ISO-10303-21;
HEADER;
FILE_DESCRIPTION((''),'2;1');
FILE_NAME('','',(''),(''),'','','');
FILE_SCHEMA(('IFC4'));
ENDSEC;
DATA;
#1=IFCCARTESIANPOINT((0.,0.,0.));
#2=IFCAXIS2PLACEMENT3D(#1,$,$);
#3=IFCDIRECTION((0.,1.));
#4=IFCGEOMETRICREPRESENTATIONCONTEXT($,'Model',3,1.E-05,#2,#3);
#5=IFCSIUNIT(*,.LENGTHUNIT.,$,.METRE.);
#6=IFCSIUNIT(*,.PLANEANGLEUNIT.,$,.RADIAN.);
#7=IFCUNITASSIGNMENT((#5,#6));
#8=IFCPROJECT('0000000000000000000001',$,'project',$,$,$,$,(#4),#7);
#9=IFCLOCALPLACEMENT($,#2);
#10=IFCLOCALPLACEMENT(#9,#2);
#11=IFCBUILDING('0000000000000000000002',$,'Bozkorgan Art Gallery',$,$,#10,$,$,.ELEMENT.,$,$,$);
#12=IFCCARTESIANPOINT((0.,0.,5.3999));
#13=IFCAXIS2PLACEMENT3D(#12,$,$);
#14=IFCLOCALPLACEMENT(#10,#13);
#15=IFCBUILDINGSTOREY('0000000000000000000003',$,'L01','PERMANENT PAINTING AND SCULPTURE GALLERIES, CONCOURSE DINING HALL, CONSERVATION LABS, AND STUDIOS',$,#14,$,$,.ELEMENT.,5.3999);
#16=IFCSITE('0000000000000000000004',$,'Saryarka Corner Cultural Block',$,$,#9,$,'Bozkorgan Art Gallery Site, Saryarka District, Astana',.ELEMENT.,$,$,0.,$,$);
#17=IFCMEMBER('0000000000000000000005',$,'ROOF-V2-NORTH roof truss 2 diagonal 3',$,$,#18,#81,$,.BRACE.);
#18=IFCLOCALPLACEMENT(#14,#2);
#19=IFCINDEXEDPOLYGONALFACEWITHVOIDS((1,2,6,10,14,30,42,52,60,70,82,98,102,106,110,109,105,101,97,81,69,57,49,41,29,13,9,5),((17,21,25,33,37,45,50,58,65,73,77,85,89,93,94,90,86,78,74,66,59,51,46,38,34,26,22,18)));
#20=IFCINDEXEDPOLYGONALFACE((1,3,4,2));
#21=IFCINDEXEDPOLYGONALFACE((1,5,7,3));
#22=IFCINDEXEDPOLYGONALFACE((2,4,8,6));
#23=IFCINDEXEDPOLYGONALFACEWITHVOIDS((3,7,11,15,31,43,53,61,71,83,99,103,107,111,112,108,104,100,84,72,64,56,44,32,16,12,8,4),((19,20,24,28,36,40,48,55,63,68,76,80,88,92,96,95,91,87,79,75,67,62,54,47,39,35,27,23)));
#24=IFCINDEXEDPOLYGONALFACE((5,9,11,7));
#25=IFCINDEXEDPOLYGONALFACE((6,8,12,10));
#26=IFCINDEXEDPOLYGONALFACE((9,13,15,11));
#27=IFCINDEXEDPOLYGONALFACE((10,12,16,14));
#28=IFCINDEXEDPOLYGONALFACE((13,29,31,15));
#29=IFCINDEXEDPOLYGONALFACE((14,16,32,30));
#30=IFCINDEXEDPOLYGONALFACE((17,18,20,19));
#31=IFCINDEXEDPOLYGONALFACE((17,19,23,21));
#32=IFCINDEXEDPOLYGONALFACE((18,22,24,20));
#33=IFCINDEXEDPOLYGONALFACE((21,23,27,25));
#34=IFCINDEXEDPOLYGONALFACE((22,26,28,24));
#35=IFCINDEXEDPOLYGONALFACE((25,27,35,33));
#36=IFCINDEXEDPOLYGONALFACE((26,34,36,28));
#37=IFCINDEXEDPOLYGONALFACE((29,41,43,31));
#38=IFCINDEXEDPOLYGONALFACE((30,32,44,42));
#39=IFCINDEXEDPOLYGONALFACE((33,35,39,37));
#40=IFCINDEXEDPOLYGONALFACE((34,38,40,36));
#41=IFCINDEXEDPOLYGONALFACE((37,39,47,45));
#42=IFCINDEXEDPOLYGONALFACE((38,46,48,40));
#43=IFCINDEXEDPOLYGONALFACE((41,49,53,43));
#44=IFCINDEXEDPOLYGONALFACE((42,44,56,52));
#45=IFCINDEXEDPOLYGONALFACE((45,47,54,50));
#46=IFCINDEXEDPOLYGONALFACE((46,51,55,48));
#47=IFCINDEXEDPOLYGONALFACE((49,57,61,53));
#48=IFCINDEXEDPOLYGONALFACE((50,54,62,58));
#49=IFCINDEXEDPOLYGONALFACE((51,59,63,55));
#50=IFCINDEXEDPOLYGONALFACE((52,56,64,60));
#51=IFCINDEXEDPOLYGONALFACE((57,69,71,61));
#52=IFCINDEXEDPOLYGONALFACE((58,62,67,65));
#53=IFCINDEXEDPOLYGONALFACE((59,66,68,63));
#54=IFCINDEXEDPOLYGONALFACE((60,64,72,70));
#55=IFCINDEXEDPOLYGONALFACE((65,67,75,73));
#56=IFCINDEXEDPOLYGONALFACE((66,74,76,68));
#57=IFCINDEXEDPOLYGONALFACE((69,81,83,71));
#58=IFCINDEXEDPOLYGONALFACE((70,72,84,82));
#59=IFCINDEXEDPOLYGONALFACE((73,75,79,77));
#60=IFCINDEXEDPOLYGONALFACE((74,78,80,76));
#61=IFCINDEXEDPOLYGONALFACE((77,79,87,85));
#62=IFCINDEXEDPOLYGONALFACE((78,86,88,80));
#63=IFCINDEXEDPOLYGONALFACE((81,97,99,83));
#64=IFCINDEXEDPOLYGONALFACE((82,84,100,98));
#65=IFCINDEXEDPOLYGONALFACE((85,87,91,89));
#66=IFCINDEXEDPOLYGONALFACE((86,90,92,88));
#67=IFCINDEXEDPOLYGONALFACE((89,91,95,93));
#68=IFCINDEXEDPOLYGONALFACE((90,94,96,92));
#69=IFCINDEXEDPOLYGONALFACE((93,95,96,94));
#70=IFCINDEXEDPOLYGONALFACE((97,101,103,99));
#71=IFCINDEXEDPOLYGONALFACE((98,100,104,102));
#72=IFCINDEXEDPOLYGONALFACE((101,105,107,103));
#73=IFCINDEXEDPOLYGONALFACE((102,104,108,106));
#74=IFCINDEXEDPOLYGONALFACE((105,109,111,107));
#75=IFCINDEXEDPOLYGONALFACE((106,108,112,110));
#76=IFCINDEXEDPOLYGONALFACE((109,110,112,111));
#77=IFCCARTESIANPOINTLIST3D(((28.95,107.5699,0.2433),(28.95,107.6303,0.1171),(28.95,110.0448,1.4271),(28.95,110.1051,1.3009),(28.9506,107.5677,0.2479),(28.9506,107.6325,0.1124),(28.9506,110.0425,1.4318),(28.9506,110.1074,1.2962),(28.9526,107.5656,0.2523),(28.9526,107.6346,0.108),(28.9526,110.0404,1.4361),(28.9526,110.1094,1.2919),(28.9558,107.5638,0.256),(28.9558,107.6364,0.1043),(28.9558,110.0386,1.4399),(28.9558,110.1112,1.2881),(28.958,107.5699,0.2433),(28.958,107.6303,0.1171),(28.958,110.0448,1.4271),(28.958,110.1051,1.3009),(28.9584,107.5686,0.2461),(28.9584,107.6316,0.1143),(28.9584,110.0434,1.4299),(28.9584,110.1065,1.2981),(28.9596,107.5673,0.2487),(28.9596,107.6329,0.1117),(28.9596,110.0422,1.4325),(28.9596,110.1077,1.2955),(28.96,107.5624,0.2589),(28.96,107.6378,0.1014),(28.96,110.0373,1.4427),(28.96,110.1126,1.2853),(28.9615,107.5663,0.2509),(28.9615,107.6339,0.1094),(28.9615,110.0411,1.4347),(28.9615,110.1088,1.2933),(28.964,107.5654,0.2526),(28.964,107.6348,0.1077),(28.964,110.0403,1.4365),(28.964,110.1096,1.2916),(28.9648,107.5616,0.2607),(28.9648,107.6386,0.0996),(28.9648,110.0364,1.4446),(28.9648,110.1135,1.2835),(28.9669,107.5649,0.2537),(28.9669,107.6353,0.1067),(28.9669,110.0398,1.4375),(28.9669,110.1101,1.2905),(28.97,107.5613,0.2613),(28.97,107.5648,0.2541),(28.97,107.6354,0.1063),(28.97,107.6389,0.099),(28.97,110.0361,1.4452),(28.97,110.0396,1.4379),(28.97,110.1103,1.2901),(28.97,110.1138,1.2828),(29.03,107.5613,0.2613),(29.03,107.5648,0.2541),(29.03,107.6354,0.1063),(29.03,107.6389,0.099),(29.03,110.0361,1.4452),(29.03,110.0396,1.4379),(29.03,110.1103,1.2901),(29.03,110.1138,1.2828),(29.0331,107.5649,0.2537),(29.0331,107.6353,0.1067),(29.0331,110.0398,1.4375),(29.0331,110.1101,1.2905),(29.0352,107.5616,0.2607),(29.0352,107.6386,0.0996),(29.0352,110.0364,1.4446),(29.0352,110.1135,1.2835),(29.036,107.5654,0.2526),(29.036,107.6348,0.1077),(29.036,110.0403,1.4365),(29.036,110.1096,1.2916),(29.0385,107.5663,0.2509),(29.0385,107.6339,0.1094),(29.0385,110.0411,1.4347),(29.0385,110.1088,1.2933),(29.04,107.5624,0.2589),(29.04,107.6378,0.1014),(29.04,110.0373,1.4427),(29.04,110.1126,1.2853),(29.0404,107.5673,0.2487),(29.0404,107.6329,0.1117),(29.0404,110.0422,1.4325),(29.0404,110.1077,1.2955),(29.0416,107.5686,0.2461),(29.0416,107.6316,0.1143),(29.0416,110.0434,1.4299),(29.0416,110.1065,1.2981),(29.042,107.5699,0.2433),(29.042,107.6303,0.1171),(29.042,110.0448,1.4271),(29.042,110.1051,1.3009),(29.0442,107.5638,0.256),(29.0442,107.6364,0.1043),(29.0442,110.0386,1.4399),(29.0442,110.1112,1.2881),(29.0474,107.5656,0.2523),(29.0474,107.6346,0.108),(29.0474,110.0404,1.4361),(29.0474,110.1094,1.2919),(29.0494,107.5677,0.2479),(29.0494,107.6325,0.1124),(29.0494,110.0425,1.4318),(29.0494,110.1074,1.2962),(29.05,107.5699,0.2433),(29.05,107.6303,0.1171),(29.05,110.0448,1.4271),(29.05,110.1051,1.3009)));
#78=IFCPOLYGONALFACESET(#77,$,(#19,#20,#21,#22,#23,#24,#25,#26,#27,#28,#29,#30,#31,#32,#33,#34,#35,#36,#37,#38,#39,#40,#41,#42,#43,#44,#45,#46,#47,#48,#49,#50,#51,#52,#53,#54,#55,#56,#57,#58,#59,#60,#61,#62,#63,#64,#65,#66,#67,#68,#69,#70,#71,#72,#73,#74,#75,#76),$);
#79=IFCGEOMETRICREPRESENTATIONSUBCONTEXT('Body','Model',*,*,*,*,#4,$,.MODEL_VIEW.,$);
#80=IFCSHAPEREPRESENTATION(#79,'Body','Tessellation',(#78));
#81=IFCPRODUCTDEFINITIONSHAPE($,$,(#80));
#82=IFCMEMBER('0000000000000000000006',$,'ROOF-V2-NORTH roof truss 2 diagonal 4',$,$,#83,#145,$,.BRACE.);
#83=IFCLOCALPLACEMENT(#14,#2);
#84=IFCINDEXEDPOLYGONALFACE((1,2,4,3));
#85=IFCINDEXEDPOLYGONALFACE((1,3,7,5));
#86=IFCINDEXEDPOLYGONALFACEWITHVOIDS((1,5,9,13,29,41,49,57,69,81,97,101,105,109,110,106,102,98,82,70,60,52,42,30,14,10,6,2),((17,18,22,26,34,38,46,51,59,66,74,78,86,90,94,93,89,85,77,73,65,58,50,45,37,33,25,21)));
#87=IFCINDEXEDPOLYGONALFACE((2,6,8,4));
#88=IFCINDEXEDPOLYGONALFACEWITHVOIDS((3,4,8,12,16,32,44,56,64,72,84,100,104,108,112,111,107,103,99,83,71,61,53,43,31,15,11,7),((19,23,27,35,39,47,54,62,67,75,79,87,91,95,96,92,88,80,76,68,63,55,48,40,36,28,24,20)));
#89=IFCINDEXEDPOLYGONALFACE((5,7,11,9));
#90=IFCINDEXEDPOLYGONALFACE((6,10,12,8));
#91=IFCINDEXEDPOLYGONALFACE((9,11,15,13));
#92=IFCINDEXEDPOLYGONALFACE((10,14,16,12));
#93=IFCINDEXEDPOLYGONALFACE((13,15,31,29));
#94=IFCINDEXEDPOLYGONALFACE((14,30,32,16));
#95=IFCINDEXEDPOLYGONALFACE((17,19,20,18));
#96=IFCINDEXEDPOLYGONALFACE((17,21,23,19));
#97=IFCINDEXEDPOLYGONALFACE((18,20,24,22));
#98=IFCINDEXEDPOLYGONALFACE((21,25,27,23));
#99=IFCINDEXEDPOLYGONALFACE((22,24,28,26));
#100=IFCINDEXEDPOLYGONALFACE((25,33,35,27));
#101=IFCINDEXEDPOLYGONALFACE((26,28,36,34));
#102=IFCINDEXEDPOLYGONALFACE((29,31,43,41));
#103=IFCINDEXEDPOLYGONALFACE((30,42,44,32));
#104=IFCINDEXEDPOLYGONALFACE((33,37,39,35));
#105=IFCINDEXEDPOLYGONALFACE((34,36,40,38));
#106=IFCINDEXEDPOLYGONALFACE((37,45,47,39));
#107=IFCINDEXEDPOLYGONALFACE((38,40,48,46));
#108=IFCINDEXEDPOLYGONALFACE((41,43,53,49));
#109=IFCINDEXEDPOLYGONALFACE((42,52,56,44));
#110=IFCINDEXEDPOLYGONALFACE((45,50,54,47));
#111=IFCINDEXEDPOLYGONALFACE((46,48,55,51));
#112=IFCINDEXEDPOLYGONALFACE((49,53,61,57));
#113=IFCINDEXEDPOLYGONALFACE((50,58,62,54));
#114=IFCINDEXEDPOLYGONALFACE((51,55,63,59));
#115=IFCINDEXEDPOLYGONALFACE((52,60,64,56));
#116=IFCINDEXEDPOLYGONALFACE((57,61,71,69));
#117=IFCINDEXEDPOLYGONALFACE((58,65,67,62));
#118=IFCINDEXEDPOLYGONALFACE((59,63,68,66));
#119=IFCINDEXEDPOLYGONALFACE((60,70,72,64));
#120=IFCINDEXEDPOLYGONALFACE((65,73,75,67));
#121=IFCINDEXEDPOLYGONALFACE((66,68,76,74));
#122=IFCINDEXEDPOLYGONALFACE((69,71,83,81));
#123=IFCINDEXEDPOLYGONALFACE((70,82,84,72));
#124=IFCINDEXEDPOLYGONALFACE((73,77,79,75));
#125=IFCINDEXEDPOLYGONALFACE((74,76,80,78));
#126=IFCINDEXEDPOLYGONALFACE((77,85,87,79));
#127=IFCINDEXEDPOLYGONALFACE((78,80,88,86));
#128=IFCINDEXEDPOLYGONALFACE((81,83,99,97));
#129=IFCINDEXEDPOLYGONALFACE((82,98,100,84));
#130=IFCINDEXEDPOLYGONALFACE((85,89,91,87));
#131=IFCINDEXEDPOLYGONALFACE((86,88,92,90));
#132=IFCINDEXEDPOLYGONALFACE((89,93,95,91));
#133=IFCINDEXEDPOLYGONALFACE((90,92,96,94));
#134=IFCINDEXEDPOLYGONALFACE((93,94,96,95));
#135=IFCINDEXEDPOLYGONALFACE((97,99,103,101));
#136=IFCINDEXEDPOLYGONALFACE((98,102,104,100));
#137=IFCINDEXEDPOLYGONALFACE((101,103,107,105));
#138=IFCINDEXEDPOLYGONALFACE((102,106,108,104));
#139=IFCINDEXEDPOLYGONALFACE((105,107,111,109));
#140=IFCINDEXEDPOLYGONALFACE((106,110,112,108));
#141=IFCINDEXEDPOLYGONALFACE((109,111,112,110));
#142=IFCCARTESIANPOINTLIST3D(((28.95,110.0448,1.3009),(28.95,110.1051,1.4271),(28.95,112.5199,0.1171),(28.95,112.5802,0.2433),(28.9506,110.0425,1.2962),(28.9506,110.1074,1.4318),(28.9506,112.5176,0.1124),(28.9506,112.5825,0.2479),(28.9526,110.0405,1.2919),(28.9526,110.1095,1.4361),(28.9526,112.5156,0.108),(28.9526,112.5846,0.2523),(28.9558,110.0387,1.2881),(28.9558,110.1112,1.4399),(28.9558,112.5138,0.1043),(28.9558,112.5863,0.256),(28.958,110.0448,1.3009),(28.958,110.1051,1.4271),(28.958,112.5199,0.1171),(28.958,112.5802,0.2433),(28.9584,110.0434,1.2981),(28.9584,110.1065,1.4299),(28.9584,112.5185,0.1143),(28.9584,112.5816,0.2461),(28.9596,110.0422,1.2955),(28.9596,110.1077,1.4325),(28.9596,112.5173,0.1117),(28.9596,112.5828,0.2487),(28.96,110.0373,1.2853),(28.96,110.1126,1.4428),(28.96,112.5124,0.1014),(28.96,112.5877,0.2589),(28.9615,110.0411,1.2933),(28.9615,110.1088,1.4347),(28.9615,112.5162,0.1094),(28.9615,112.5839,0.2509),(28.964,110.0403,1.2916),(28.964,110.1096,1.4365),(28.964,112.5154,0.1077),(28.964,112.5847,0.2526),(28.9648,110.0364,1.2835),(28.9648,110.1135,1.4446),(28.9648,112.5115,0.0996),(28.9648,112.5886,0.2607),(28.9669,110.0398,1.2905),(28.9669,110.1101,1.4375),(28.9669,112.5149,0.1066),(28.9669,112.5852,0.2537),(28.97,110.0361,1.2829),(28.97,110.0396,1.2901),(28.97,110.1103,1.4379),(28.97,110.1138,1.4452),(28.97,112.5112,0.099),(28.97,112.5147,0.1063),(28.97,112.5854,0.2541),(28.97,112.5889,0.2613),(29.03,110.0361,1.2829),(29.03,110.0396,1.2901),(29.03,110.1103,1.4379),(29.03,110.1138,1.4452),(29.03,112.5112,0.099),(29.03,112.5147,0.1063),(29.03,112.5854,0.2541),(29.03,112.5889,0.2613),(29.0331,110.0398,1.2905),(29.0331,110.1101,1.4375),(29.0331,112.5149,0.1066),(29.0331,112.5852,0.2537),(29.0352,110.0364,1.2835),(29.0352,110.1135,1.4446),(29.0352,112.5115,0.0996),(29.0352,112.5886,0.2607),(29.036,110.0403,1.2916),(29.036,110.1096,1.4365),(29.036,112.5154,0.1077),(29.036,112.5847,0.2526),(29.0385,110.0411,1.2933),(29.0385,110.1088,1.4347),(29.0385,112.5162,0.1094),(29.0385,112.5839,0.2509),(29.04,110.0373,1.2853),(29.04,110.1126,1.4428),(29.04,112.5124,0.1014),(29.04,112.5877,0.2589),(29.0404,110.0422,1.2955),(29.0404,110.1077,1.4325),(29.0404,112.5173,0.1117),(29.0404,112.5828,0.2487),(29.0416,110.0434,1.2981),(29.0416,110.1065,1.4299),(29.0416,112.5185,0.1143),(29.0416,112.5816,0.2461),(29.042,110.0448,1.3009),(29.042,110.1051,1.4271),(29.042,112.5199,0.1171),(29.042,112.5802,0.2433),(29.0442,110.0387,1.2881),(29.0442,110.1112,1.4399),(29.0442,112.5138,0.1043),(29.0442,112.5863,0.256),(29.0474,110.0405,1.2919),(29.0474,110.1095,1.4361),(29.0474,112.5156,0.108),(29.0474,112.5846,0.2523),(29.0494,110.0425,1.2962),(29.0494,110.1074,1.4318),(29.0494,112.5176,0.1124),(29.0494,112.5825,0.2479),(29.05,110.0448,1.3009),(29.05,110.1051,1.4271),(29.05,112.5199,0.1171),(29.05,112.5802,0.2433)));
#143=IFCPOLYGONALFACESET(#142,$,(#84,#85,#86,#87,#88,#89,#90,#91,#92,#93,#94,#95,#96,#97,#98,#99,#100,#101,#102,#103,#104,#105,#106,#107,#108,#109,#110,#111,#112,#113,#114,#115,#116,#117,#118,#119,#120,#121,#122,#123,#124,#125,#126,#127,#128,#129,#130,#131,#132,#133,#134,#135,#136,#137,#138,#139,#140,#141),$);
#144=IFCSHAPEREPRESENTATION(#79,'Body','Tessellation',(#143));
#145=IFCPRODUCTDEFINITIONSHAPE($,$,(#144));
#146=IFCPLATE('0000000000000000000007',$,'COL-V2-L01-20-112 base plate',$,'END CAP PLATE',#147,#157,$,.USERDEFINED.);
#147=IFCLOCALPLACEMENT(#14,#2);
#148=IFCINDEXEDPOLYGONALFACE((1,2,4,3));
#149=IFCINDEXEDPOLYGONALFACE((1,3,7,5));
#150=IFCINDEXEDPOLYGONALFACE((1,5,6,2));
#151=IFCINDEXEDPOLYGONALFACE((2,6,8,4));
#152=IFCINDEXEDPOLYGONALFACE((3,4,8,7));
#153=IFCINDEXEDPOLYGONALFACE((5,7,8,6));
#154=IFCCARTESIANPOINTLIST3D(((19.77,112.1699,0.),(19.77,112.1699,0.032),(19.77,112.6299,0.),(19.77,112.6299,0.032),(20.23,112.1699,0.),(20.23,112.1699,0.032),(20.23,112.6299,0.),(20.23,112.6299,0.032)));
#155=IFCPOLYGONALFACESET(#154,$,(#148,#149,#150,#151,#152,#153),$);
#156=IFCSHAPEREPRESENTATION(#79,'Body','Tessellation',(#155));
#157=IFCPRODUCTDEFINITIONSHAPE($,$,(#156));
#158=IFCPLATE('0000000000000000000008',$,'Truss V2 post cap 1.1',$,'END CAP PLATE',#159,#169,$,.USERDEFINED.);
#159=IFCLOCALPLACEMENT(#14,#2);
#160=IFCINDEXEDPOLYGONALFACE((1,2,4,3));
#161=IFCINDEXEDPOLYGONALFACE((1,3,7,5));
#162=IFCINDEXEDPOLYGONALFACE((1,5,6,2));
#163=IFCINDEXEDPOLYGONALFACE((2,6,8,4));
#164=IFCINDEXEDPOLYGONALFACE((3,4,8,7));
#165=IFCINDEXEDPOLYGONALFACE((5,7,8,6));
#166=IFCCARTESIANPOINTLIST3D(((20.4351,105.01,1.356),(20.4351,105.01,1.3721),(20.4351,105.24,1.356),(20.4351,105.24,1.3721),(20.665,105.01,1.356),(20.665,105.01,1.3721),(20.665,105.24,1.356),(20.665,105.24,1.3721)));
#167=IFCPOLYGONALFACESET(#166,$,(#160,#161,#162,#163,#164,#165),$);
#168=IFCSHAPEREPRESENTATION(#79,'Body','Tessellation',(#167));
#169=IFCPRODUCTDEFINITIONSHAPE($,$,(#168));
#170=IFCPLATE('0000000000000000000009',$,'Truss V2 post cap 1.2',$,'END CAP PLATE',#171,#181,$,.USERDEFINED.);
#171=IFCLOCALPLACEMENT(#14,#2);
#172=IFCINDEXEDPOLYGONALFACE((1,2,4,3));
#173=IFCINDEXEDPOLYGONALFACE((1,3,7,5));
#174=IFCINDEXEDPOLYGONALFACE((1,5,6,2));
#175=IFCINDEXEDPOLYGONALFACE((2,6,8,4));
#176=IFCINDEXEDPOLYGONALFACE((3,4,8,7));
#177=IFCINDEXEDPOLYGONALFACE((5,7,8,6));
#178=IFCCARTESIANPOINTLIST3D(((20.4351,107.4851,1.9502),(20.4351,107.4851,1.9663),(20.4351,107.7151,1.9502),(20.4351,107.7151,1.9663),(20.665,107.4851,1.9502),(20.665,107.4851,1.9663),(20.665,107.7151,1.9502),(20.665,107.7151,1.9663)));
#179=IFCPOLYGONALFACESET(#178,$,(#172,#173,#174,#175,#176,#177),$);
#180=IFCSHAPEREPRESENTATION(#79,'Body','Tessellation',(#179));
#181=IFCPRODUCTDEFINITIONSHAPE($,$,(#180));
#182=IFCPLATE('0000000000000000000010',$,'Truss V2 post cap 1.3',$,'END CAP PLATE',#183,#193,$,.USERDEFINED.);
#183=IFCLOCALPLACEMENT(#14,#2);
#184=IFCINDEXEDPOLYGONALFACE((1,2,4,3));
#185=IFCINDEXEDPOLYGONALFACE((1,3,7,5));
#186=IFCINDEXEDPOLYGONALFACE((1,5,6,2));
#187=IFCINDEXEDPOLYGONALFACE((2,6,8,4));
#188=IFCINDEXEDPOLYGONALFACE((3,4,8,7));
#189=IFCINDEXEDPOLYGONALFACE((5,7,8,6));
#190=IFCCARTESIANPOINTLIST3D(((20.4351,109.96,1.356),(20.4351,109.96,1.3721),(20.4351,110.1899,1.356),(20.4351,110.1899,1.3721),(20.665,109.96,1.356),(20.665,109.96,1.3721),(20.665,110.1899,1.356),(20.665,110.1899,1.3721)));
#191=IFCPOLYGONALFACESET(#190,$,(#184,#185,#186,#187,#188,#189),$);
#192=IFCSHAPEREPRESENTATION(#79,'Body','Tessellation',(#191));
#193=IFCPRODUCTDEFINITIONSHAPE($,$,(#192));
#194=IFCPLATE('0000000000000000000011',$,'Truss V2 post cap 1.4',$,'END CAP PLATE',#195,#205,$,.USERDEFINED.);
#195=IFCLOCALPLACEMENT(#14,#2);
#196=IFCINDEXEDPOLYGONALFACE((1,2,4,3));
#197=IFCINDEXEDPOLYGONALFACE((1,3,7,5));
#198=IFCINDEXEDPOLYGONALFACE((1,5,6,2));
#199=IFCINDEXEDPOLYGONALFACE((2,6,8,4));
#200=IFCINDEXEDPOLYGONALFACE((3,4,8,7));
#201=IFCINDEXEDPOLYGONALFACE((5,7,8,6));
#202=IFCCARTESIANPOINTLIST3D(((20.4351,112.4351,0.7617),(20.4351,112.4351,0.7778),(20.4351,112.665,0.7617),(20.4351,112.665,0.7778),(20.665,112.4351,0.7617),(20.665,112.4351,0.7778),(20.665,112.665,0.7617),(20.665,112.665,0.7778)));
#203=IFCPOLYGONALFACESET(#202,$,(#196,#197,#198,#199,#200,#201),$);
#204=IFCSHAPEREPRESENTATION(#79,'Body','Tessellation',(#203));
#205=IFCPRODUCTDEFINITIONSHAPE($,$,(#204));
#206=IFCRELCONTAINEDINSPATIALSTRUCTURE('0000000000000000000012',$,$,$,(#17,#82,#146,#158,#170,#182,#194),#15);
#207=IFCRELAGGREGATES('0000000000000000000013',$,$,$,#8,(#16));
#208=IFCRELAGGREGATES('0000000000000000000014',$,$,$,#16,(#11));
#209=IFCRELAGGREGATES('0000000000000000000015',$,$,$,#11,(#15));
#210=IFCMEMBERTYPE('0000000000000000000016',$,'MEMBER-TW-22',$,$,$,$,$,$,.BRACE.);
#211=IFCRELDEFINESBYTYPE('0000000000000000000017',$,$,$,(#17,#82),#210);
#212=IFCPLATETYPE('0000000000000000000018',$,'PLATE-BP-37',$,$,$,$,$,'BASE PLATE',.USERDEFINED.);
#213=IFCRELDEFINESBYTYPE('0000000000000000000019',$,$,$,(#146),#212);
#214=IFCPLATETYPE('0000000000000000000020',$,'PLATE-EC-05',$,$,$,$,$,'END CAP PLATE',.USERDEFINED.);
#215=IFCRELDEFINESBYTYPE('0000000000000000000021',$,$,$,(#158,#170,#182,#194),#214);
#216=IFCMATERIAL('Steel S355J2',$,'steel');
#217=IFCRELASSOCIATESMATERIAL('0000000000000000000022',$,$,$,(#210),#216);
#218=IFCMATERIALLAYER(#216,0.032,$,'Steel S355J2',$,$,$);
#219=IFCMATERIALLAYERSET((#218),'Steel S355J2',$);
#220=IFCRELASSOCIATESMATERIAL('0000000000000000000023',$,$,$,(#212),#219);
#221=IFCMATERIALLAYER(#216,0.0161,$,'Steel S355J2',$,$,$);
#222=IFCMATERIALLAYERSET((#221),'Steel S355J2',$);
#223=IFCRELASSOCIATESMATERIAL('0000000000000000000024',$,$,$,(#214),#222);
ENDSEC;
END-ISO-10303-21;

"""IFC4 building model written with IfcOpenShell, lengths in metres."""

from ifc_helpers import new_model, si_unit, direction, frame, origin, origin_2d, place, context, subcontext, project, spatial, rectangle, hollow_rectangle, extrude, material, layer, layer_set, material_profile, profile_set, type_object, element, save


model = new_model("IFC4")

# Units and contexts
model_context = context("Model", 3, precision=1e-05, world=origin(), true_north=direction((0.0, 1.0)))
body_context = subcontext(model_context, "Body", "Model", "MODEL_VIEW")
ifc_project = project(units=[si_unit("LENGTHUNIT", "METRE"), si_unit("PLANEANGLEUNIT", "RADIAN")], contexts=[model_context])

# Site, building, storey
site_placement = place(None, origin())
site = spatial("IfcSite", under=ifc_project, at=site_placement, Name="Saryarka Corner Cultural Block", LongName="Bozkorgan Art Gallery Site, Saryarka District, Astana", CompositionType="ELEMENT", RefElevation=0.0)
building_placement = place(site_placement, origin())
building = spatial("IfcBuilding", under=site, at=building_placement, Name="Bozkorgan Art Gallery", CompositionType="ELEMENT")
storey_placement = place(building_placement, frame((0.0, 0.0, 5.3999)))
storey = spatial("IfcBuildingStorey", under=building, at=storey_placement, Name="L01", Description="PERMANENT PAINTING AND SCULPTURE GALLERIES, CONCOURSE DINING HALL, CONSERVATION LABS, AND STUDIOS", CompositionType="ELEMENT", Elevation=5.3999)

# Shared definitions
ifc_material_1 = material(Name="Steel S355J2", Category="steel")

# Members
ifc_material_profile_1 = material_profile(ifc_material_1, hollow_rectangle(XDim=0.1001, YDim=0.1799, WallThickness=0.0081, InnerFilletRadius=0.012, OuterFilletRadius=0.02, at=origin_2d()), Name="RHS 180x100x8")
ifc_profile_set_1 = profile_set([ifc_material_profile_1], Name="Steel S355J2")
member_type_1 = type_object("IfcMemberType", Name="MEMBER-TW-22", PredefinedType="BRACE", material=ifc_profile_set_1)
member_1_placement = place(storey_placement, frame((29.0, 107.6001, 0.1802), z_axis=(0.0, 0.902104, 0.431518), x_axis=(-1.0, 0.0, 0.0)))
element("IfcMember", 1, at=member_1_placement, inside=storey, type_object=member_type_1, Name="ROOF-V2-NORTH roof truss 2 diagonal 3", PredefinedType="BRACE", context=body_context, shape_type="SweptSolid", body=[
    extrude(hollow_rectangle(XDim=0.1001, YDim=0.1799, WallThickness=0.0081, InnerFilletRadius=0.012, OuterFilletRadius=0.02, at=origin_2d()), origin(), (0.0, 0.0, 1.0), 2.7434),
])
member_2_placement = place(storey_placement, frame((29.0, 110.075, 1.364), z_axis=(0.0, 0.902121, -0.431484), x_axis=(-1.0, 0.0, 0.0)))
element("IfcMember", 2, at=member_2_placement, inside=storey, type_object=member_type_1, Name="ROOF-V2-NORTH roof truss 2 diagonal 4", PredefinedType="BRACE", context=body_context, shape_type="SweptSolid", body=[
    extrude(hollow_rectangle(XDim=0.1001, YDim=0.1799, WallThickness=0.0081, InnerFilletRadius=0.012, OuterFilletRadius=0.02, at=origin_2d()), origin(), (0.0, 0.0, 1.0), 2.7437),
])

# Plates
ifc_layer_1 = layer(ifc_material_1, 0.032, Name="Steel S355J2")
ifc_layer_set_1 = layer_set([ifc_layer_1], Name="Steel S355J2")
plate_type_1 = type_object("IfcPlateType", Name="PLATE-BP-37", ElementType="BASE PLATE", PredefinedType="USERDEFINED", material=ifc_layer_set_1)
plate_placement = place(storey_placement, frame((20.0, 112.3999, 0.0), z_axis=(0.0, 0.0, 1.0), x_axis=(1.0, 0.0, 0.0)))
element("IfcPlate", 3, at=plate_placement, inside=storey, type_object=plate_type_1, Name="COL-V2-L01-20-112 base plate", ObjectType="END CAP PLATE", PredefinedType="USERDEFINED", context=body_context, shape_type="SweptSolid", body=[
    extrude(rectangle(XDim=0.46, YDim=0.46, at=origin_2d()), origin(), (0.0, 0.0, 1.0), 0.032),
])
ifc_layer_2 = layer(ifc_material_1, 0.0161, Name="Steel S355J2")
ifc_layer_set_2 = layer_set([ifc_layer_2], Name="Steel S355J2")
plate_type_2 = type_object("IfcPlateType", Name="PLATE-EC-05", ElementType="END CAP PLATE", PredefinedType="USERDEFINED", material=ifc_layer_set_2)
for number, where, z_axis, x_axis, name in (
    (4, (20.55, 105.125, 1.356), (0.0, 0.0, 1.0), (1.0, 0.0, 0.0), "Truss V2 post cap 1.1"),
    (5, (20.55, 107.6001, 1.9502), (0.0, 0.0, 1.0), (1.0, 0.0, 0.0), "Truss V2 post cap 1.2"),
    (6, (20.55, 110.075, 1.356), (0.0, 0.0, 1.0), (1.0, 0.0, 0.0), "Truss V2 post cap 1.3"),
    (7, (20.55, 112.55, 0.7617), (0.0, 0.0, 1.0), (1.0, 0.0, 0.0), "Truss V2 post cap 1.4"),
):
    element("IfcPlate", number, at=place(storey_placement, frame(where, z_axis=z_axis, x_axis=x_axis)), inside=storey, type_object=plate_type_2, Name=name, ObjectType="END CAP PLATE", PredefinedType="USERDEFINED", context=body_context, shape_type="SweptSolid", body=[
        extrude(rectangle(XDim=0.23, YDim=0.23, at=origin_2d()), origin(), (0.0, 0.0, 1.0), 0.0161),
    ])

save(model, "model.ifc")
